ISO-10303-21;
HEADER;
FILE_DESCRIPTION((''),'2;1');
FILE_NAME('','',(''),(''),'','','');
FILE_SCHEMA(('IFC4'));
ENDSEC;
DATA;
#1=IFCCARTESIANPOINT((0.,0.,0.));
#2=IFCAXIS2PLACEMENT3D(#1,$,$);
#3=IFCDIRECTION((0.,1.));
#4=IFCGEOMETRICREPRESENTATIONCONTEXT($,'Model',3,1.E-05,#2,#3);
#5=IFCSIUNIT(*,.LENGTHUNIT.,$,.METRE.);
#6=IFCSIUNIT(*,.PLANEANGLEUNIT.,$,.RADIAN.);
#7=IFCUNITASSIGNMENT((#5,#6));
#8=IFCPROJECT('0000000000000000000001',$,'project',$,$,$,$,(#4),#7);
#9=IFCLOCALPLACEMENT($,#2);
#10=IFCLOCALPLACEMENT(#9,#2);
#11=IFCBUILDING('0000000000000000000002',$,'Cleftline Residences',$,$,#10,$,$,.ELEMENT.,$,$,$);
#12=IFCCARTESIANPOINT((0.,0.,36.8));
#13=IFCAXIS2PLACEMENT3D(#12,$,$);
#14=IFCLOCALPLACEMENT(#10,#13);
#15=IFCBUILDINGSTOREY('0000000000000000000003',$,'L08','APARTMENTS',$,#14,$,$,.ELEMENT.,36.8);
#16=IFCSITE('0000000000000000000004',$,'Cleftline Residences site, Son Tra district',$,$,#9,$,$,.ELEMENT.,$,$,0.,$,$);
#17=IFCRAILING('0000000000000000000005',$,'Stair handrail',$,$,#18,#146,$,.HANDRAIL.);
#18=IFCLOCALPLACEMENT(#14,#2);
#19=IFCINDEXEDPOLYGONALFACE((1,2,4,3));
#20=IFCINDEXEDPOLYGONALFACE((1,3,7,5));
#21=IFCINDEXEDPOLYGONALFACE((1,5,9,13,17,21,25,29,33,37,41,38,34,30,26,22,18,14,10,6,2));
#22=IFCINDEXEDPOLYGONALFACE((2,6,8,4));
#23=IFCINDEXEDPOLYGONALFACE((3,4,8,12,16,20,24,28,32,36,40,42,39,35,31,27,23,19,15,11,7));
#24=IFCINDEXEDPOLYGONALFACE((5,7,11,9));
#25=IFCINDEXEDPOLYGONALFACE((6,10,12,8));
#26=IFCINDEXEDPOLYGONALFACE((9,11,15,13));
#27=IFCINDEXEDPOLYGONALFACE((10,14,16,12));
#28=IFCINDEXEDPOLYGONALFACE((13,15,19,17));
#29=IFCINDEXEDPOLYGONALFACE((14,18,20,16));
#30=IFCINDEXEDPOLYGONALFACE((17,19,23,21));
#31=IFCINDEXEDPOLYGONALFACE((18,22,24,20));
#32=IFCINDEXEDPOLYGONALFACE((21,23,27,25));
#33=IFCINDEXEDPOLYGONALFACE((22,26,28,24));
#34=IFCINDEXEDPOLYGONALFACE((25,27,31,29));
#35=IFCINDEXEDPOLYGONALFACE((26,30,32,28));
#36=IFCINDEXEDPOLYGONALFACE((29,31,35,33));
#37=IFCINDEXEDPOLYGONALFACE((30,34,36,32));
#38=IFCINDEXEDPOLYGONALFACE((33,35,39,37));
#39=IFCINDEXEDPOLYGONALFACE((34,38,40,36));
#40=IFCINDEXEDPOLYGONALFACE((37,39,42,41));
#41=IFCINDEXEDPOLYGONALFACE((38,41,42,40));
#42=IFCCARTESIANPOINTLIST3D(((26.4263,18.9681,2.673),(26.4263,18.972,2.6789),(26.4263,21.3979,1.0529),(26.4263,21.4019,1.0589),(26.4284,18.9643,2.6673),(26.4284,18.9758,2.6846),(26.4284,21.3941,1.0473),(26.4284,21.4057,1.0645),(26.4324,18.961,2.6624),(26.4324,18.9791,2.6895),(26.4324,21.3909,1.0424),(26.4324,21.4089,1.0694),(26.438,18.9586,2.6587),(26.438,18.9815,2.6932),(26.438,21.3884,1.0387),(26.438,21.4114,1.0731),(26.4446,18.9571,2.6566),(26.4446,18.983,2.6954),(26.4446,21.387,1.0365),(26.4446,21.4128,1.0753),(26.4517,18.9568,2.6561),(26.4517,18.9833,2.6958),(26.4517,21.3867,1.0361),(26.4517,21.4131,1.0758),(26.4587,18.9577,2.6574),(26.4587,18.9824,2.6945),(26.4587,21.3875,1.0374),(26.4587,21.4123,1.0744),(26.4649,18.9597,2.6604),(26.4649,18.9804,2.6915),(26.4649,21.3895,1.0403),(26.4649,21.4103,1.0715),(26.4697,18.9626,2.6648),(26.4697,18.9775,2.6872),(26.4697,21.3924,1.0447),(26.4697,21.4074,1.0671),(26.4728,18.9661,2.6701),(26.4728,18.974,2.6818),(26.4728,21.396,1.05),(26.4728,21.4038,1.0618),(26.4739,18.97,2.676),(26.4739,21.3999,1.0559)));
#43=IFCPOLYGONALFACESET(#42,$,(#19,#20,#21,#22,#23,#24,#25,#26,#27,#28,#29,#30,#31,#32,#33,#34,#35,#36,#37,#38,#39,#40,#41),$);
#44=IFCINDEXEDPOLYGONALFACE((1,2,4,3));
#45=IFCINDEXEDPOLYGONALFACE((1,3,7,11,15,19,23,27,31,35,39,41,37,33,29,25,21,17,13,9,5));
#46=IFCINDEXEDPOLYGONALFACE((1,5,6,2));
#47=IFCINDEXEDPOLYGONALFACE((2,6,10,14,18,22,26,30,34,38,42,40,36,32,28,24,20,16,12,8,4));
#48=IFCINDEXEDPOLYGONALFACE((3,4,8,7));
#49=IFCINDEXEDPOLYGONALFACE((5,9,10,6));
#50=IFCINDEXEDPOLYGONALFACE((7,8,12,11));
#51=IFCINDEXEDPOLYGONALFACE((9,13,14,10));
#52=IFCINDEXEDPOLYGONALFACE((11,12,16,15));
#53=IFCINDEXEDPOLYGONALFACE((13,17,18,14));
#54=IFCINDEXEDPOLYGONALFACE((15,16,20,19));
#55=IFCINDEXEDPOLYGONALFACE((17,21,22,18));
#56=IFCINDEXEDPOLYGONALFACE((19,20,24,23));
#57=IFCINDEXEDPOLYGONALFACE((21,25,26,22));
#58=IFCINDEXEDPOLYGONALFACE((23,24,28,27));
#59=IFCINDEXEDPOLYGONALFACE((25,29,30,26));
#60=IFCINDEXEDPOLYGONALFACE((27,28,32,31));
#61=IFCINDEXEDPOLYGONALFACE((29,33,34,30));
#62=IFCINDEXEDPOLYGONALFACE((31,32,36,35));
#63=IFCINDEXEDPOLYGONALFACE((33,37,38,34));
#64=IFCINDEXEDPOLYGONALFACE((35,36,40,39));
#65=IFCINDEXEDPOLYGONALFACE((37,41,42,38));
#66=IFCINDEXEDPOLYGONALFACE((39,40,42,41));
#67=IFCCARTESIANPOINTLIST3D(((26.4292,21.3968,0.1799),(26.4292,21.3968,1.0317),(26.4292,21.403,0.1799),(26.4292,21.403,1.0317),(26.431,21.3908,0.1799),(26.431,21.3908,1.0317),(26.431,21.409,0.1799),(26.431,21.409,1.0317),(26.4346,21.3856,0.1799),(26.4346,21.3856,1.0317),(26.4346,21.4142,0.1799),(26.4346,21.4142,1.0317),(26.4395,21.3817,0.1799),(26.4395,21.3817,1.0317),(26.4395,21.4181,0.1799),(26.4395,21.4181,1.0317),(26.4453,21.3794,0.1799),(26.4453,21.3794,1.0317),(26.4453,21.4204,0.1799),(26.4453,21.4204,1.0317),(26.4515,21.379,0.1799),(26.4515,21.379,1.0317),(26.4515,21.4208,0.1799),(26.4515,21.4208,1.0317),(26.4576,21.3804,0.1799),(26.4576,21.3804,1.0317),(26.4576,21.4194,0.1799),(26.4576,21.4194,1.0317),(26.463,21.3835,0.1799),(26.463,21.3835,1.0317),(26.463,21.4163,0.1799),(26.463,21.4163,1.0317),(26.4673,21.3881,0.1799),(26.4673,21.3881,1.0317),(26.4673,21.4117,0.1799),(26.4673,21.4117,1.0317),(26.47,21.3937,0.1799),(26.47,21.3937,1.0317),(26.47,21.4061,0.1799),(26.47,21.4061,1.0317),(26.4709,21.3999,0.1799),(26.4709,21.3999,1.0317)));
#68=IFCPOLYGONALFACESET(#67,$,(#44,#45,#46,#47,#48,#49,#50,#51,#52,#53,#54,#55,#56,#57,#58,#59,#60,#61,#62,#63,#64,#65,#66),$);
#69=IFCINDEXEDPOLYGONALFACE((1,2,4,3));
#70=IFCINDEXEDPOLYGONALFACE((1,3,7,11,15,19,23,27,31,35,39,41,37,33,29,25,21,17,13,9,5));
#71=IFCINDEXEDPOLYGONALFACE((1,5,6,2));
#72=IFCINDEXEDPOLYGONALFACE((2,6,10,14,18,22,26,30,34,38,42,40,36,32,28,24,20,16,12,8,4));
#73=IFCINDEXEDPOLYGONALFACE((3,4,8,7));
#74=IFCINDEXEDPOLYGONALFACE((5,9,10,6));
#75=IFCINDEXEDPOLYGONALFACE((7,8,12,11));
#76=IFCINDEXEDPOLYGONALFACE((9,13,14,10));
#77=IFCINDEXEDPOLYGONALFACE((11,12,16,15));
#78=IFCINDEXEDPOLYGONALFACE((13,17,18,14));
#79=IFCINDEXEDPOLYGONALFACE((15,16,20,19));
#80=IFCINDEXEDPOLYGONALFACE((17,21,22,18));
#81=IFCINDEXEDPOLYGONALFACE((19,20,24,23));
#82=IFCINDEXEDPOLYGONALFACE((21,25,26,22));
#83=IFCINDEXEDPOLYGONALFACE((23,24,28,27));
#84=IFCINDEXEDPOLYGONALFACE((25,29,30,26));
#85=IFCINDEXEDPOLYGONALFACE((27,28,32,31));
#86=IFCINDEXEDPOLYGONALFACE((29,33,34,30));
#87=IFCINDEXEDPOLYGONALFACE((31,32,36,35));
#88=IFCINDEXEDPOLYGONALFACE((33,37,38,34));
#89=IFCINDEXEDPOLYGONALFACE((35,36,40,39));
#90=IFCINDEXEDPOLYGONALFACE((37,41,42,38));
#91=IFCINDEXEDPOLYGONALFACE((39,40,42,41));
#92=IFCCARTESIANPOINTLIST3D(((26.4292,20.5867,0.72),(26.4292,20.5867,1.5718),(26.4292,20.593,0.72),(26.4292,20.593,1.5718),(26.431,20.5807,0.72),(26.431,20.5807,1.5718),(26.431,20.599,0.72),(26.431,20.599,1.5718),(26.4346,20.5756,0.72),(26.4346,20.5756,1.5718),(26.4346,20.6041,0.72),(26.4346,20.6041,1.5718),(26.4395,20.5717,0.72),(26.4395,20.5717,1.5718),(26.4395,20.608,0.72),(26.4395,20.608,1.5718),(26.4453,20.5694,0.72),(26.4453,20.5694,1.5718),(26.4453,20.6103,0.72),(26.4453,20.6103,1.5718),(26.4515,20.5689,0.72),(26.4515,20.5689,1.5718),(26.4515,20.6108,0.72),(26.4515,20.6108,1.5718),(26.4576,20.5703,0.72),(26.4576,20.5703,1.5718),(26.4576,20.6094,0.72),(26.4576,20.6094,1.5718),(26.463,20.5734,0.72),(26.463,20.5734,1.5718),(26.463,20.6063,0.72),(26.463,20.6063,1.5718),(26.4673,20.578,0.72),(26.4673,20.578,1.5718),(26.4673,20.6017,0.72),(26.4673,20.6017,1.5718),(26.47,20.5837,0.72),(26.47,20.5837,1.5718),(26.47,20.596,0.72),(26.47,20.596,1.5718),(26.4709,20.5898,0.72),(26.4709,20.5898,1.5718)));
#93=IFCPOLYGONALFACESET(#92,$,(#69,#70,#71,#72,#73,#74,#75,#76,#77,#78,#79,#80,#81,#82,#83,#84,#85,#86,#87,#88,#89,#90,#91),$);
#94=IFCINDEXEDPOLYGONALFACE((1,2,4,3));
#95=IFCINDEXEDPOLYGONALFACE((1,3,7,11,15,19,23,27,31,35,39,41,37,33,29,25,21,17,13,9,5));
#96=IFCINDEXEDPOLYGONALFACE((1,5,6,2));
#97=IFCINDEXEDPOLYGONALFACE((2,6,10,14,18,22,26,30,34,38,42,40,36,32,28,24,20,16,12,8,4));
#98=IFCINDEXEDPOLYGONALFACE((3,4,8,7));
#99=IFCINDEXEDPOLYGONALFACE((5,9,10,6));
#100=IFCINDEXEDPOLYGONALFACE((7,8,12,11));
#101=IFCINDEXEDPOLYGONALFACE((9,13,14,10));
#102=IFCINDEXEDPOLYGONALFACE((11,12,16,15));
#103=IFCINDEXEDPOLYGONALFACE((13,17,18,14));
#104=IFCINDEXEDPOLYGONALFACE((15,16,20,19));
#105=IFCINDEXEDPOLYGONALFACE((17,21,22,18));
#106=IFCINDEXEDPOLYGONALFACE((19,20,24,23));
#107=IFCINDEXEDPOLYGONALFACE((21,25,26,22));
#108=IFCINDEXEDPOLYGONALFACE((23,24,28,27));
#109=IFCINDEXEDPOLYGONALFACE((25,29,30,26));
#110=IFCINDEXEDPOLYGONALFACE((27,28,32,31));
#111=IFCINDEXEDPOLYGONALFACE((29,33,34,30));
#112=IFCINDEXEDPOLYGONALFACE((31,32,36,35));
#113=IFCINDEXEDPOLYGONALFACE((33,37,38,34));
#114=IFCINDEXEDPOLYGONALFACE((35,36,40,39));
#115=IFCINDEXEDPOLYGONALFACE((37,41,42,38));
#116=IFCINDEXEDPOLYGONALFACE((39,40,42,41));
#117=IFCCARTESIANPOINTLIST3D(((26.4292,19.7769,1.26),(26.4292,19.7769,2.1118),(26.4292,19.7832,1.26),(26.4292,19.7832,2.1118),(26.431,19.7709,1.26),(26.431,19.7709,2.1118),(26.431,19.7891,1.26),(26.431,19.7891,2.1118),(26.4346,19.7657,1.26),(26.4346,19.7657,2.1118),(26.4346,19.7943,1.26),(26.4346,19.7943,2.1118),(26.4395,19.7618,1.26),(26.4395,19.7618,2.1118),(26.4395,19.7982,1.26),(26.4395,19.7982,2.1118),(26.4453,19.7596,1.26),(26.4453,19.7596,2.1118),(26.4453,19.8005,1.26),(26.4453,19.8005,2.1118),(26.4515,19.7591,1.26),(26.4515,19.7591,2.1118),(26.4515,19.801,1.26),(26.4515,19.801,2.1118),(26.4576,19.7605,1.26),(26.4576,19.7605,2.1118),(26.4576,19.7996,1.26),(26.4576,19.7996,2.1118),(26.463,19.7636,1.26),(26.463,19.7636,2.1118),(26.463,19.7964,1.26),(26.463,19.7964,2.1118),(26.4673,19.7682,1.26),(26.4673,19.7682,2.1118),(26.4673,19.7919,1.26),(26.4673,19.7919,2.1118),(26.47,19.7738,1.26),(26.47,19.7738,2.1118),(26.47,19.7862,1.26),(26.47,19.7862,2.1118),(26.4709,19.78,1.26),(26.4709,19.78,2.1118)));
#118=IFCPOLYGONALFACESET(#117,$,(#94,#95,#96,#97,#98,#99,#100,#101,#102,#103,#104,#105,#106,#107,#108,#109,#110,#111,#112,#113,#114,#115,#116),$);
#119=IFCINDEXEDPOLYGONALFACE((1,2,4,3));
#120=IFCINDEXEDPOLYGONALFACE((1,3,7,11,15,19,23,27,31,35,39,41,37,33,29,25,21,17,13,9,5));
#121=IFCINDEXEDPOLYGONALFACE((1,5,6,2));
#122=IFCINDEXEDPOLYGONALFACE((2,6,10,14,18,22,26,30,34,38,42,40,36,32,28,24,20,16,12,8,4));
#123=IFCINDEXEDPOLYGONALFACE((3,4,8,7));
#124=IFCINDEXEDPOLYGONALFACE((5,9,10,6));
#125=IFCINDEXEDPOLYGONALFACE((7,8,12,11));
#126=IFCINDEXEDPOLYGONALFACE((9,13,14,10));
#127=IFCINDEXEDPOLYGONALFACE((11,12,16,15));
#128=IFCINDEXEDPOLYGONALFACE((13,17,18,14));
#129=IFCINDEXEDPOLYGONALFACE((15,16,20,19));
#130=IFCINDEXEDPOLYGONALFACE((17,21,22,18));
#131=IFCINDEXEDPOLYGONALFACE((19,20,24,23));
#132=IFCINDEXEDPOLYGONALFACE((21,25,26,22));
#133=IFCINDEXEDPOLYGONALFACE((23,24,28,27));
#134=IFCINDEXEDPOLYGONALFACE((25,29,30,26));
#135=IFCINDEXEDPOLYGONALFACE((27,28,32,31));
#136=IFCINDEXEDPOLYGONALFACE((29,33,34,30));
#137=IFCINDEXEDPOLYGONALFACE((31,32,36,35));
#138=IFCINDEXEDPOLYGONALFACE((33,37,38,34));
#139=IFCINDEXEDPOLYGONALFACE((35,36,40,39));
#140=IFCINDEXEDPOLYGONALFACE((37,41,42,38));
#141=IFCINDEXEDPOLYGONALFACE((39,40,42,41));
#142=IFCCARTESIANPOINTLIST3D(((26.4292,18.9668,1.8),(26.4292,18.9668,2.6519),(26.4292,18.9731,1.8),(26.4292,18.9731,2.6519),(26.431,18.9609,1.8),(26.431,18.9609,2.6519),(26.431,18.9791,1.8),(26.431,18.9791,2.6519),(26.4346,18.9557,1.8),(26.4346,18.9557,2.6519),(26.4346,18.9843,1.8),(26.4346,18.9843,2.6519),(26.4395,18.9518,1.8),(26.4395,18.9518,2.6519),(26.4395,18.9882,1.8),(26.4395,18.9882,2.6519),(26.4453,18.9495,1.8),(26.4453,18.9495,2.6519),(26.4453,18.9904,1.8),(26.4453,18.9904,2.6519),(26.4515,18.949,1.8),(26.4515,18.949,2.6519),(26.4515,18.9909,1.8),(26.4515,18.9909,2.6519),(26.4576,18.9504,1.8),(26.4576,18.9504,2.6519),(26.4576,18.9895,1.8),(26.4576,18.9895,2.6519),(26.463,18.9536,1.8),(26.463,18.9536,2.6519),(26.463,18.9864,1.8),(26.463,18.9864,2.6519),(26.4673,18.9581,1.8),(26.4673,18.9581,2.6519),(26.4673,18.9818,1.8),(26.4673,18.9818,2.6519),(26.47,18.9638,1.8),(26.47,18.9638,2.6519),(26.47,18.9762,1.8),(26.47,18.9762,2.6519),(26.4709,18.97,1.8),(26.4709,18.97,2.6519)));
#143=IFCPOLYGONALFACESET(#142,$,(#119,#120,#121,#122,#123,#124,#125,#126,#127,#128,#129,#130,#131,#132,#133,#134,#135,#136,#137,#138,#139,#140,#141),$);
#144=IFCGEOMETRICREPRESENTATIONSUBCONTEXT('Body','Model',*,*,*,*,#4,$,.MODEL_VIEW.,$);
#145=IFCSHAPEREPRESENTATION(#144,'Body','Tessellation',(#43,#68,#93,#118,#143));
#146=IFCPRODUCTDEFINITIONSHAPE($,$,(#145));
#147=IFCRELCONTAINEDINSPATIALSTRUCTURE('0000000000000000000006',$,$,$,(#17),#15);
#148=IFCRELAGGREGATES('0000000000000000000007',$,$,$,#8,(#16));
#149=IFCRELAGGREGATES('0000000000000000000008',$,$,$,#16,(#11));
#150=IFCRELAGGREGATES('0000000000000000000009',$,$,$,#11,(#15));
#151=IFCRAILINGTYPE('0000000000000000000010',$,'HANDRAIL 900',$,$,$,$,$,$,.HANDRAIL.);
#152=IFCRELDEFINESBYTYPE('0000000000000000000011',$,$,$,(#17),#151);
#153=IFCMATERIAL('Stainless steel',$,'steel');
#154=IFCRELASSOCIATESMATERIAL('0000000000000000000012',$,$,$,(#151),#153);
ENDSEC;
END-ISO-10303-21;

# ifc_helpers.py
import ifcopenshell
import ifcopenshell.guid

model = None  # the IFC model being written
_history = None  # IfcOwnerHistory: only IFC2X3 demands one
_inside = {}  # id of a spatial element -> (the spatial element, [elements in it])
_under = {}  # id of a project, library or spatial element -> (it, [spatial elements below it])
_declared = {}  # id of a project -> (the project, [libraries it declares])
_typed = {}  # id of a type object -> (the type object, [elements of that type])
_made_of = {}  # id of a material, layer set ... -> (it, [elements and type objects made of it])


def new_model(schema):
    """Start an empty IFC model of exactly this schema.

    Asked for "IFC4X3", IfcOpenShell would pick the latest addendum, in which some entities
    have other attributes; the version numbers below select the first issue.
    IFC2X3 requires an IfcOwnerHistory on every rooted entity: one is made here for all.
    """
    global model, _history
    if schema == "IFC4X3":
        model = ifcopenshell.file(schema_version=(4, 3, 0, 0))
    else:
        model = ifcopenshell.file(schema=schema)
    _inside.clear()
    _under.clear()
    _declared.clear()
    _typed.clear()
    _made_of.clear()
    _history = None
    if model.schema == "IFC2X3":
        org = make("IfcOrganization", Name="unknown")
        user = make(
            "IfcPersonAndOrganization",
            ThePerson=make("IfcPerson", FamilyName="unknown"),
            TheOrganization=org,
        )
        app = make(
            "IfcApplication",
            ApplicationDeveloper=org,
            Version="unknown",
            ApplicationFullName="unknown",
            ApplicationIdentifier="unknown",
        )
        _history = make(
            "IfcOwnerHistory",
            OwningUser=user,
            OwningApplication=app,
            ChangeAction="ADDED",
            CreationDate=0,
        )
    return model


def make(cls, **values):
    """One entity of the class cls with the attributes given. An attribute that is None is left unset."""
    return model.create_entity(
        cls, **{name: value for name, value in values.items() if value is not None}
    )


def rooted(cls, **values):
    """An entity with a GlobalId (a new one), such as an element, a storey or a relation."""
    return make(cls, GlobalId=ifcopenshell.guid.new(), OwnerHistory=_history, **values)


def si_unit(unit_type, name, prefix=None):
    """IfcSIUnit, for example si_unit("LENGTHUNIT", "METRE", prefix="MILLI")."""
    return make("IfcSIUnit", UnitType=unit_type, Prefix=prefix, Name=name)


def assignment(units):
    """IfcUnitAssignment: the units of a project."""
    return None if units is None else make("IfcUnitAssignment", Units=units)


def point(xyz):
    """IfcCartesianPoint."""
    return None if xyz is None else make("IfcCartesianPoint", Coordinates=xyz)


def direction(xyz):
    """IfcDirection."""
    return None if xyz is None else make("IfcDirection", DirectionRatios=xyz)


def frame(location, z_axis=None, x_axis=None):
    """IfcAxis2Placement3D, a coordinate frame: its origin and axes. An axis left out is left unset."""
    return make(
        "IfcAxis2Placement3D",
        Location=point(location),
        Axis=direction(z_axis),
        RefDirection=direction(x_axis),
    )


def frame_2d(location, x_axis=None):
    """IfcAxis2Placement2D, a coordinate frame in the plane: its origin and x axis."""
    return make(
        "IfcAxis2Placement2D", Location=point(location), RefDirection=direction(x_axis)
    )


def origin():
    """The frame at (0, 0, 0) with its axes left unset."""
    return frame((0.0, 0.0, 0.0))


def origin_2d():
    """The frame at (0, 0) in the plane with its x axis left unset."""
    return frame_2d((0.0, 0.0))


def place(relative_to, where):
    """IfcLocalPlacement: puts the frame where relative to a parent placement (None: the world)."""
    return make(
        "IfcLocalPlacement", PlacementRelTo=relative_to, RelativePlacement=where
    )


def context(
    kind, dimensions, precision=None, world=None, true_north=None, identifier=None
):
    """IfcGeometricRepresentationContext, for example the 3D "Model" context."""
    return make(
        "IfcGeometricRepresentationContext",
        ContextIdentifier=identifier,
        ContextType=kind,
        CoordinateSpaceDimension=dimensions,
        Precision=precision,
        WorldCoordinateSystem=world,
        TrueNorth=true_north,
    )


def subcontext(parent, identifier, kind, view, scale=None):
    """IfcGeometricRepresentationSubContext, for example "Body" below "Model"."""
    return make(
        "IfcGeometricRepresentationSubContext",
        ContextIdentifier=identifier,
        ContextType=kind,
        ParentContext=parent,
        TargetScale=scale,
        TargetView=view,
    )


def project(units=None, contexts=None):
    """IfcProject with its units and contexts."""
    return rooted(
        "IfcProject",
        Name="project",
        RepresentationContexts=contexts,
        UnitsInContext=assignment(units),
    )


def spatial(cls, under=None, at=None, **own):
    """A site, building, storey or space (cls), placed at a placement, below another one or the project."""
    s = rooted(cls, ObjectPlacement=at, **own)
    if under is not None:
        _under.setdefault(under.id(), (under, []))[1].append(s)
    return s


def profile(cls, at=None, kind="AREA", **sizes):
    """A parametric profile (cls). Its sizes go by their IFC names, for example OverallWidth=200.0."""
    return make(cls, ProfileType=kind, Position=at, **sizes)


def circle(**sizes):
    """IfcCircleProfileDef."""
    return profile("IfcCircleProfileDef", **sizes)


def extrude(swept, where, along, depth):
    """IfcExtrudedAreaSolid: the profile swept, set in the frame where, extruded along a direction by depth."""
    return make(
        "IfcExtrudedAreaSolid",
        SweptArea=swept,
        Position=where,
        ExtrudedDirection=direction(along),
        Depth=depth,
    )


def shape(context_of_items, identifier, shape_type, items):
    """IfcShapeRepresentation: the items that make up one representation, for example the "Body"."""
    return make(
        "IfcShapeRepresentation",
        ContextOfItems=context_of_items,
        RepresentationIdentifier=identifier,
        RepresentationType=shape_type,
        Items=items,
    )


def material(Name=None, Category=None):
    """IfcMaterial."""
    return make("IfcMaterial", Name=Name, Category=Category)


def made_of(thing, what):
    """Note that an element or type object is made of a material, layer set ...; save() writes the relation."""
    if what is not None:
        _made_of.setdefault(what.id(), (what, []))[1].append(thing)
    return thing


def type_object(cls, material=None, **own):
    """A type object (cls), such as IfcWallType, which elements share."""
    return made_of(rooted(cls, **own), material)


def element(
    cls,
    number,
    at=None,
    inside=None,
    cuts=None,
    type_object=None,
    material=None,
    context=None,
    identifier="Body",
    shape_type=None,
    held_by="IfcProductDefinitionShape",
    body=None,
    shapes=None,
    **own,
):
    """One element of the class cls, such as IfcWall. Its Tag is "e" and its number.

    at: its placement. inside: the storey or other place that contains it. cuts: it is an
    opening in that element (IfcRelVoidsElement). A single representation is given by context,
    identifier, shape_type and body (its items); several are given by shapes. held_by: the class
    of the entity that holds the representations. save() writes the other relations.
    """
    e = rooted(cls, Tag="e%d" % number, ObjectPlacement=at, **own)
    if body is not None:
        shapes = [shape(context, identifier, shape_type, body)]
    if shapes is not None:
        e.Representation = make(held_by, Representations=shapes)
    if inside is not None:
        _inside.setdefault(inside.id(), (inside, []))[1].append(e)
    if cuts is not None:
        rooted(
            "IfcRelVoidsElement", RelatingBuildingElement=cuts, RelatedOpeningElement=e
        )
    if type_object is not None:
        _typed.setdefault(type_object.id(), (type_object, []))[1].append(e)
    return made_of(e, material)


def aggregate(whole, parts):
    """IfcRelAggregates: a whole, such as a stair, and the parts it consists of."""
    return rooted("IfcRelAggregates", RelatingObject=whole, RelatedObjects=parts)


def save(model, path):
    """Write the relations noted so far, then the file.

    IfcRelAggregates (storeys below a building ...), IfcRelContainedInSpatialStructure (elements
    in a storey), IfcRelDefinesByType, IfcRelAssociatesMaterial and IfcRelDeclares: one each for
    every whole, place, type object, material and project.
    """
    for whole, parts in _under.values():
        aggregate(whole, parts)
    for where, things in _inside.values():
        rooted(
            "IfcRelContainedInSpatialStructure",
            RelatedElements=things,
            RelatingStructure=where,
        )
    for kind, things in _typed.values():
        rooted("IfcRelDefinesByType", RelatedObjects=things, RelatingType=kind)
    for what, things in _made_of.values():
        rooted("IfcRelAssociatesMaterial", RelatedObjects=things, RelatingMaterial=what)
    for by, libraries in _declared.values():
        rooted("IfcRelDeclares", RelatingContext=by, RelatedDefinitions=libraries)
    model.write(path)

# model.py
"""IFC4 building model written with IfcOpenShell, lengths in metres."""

from ifc_helpers import new_model, si_unit, direction, frame, origin, origin_2d, place, context, subcontext, project, spatial, circle, extrude, material, type_object, element, save


model = new_model("IFC4")

# Units and contexts
model_context = context("Model", 3, precision=1e-05, world=origin(), true_north=direction((0.0, 1.0)))
body_context = subcontext(model_context, "Body", "Model", "MODEL_VIEW")
ifc_project = project(units=[si_unit("LENGTHUNIT", "METRE"), si_unit("PLANEANGLEUNIT", "RADIAN")], contexts=[model_context])

# Site, building, storey
site_placement = place(None, origin())
site = spatial("IfcSite", under=ifc_project, at=site_placement, Name="Cleftline Residences site, Son Tra district", CompositionType="ELEMENT", RefElevation=0.0)
building_placement = place(site_placement, origin())
building = spatial("IfcBuilding", under=site, at=building_placement, Name="Cleftline Residences", CompositionType="ELEMENT")
storey_placement = place(building_placement, frame((0.0, 0.0, 36.8)))
storey = spatial("IfcBuildingStorey", under=building, at=storey_placement, Name="L08", Description="APARTMENTS", CompositionType="ELEMENT", Elevation=36.8)

# Railing
ifc_material_1 = material(Name="Stainless steel", Category="steel")
railing_type = type_object("IfcRailingType", Name="HANDRAIL 900", PredefinedType="HANDRAIL", material=ifc_material_1)
railing_1_placement = place(storey_placement, frame((26.45, 21.3999, 0.1799)))
element("IfcRailing", 1, at=railing_1_placement, inside=storey, type_object=railing_type, Name="Stair handrail", PredefinedType="HANDRAIL", context=body_context, shape_type="SweptSolid", body=[
    extrude(circle(Radius=0.0239, at=origin_2d()), frame((0.0, 0.0, 0.876), z_axis=(0.0, -0.832025, 0.554739), x_axis=(1.0, 0.0, 0.0)), (0.0, 0.0, 1.0), 2.9204),
    extrude(circle(Radius=0.021, at=origin_2d()), origin(), (0.0, 0.0, 1.0), 0.8518),
    extrude(circle(Radius=0.021, at=origin_2d()), frame((0.0, -0.8101, 0.54)), (0.0, 0.0, 1.0), 0.8518),
    extrude(circle(Radius=0.021, at=origin_2d()), frame((0.0, -1.6199, 1.0801)), (0.0, 0.0, 1.0), 0.8518),
    extrude(circle(Radius=0.021, at=origin_2d()), frame((0.0, -2.4299, 1.6201)), (0.0, 0.0, 1.0), 0.8518),
])

save(model, "model.ifc")
